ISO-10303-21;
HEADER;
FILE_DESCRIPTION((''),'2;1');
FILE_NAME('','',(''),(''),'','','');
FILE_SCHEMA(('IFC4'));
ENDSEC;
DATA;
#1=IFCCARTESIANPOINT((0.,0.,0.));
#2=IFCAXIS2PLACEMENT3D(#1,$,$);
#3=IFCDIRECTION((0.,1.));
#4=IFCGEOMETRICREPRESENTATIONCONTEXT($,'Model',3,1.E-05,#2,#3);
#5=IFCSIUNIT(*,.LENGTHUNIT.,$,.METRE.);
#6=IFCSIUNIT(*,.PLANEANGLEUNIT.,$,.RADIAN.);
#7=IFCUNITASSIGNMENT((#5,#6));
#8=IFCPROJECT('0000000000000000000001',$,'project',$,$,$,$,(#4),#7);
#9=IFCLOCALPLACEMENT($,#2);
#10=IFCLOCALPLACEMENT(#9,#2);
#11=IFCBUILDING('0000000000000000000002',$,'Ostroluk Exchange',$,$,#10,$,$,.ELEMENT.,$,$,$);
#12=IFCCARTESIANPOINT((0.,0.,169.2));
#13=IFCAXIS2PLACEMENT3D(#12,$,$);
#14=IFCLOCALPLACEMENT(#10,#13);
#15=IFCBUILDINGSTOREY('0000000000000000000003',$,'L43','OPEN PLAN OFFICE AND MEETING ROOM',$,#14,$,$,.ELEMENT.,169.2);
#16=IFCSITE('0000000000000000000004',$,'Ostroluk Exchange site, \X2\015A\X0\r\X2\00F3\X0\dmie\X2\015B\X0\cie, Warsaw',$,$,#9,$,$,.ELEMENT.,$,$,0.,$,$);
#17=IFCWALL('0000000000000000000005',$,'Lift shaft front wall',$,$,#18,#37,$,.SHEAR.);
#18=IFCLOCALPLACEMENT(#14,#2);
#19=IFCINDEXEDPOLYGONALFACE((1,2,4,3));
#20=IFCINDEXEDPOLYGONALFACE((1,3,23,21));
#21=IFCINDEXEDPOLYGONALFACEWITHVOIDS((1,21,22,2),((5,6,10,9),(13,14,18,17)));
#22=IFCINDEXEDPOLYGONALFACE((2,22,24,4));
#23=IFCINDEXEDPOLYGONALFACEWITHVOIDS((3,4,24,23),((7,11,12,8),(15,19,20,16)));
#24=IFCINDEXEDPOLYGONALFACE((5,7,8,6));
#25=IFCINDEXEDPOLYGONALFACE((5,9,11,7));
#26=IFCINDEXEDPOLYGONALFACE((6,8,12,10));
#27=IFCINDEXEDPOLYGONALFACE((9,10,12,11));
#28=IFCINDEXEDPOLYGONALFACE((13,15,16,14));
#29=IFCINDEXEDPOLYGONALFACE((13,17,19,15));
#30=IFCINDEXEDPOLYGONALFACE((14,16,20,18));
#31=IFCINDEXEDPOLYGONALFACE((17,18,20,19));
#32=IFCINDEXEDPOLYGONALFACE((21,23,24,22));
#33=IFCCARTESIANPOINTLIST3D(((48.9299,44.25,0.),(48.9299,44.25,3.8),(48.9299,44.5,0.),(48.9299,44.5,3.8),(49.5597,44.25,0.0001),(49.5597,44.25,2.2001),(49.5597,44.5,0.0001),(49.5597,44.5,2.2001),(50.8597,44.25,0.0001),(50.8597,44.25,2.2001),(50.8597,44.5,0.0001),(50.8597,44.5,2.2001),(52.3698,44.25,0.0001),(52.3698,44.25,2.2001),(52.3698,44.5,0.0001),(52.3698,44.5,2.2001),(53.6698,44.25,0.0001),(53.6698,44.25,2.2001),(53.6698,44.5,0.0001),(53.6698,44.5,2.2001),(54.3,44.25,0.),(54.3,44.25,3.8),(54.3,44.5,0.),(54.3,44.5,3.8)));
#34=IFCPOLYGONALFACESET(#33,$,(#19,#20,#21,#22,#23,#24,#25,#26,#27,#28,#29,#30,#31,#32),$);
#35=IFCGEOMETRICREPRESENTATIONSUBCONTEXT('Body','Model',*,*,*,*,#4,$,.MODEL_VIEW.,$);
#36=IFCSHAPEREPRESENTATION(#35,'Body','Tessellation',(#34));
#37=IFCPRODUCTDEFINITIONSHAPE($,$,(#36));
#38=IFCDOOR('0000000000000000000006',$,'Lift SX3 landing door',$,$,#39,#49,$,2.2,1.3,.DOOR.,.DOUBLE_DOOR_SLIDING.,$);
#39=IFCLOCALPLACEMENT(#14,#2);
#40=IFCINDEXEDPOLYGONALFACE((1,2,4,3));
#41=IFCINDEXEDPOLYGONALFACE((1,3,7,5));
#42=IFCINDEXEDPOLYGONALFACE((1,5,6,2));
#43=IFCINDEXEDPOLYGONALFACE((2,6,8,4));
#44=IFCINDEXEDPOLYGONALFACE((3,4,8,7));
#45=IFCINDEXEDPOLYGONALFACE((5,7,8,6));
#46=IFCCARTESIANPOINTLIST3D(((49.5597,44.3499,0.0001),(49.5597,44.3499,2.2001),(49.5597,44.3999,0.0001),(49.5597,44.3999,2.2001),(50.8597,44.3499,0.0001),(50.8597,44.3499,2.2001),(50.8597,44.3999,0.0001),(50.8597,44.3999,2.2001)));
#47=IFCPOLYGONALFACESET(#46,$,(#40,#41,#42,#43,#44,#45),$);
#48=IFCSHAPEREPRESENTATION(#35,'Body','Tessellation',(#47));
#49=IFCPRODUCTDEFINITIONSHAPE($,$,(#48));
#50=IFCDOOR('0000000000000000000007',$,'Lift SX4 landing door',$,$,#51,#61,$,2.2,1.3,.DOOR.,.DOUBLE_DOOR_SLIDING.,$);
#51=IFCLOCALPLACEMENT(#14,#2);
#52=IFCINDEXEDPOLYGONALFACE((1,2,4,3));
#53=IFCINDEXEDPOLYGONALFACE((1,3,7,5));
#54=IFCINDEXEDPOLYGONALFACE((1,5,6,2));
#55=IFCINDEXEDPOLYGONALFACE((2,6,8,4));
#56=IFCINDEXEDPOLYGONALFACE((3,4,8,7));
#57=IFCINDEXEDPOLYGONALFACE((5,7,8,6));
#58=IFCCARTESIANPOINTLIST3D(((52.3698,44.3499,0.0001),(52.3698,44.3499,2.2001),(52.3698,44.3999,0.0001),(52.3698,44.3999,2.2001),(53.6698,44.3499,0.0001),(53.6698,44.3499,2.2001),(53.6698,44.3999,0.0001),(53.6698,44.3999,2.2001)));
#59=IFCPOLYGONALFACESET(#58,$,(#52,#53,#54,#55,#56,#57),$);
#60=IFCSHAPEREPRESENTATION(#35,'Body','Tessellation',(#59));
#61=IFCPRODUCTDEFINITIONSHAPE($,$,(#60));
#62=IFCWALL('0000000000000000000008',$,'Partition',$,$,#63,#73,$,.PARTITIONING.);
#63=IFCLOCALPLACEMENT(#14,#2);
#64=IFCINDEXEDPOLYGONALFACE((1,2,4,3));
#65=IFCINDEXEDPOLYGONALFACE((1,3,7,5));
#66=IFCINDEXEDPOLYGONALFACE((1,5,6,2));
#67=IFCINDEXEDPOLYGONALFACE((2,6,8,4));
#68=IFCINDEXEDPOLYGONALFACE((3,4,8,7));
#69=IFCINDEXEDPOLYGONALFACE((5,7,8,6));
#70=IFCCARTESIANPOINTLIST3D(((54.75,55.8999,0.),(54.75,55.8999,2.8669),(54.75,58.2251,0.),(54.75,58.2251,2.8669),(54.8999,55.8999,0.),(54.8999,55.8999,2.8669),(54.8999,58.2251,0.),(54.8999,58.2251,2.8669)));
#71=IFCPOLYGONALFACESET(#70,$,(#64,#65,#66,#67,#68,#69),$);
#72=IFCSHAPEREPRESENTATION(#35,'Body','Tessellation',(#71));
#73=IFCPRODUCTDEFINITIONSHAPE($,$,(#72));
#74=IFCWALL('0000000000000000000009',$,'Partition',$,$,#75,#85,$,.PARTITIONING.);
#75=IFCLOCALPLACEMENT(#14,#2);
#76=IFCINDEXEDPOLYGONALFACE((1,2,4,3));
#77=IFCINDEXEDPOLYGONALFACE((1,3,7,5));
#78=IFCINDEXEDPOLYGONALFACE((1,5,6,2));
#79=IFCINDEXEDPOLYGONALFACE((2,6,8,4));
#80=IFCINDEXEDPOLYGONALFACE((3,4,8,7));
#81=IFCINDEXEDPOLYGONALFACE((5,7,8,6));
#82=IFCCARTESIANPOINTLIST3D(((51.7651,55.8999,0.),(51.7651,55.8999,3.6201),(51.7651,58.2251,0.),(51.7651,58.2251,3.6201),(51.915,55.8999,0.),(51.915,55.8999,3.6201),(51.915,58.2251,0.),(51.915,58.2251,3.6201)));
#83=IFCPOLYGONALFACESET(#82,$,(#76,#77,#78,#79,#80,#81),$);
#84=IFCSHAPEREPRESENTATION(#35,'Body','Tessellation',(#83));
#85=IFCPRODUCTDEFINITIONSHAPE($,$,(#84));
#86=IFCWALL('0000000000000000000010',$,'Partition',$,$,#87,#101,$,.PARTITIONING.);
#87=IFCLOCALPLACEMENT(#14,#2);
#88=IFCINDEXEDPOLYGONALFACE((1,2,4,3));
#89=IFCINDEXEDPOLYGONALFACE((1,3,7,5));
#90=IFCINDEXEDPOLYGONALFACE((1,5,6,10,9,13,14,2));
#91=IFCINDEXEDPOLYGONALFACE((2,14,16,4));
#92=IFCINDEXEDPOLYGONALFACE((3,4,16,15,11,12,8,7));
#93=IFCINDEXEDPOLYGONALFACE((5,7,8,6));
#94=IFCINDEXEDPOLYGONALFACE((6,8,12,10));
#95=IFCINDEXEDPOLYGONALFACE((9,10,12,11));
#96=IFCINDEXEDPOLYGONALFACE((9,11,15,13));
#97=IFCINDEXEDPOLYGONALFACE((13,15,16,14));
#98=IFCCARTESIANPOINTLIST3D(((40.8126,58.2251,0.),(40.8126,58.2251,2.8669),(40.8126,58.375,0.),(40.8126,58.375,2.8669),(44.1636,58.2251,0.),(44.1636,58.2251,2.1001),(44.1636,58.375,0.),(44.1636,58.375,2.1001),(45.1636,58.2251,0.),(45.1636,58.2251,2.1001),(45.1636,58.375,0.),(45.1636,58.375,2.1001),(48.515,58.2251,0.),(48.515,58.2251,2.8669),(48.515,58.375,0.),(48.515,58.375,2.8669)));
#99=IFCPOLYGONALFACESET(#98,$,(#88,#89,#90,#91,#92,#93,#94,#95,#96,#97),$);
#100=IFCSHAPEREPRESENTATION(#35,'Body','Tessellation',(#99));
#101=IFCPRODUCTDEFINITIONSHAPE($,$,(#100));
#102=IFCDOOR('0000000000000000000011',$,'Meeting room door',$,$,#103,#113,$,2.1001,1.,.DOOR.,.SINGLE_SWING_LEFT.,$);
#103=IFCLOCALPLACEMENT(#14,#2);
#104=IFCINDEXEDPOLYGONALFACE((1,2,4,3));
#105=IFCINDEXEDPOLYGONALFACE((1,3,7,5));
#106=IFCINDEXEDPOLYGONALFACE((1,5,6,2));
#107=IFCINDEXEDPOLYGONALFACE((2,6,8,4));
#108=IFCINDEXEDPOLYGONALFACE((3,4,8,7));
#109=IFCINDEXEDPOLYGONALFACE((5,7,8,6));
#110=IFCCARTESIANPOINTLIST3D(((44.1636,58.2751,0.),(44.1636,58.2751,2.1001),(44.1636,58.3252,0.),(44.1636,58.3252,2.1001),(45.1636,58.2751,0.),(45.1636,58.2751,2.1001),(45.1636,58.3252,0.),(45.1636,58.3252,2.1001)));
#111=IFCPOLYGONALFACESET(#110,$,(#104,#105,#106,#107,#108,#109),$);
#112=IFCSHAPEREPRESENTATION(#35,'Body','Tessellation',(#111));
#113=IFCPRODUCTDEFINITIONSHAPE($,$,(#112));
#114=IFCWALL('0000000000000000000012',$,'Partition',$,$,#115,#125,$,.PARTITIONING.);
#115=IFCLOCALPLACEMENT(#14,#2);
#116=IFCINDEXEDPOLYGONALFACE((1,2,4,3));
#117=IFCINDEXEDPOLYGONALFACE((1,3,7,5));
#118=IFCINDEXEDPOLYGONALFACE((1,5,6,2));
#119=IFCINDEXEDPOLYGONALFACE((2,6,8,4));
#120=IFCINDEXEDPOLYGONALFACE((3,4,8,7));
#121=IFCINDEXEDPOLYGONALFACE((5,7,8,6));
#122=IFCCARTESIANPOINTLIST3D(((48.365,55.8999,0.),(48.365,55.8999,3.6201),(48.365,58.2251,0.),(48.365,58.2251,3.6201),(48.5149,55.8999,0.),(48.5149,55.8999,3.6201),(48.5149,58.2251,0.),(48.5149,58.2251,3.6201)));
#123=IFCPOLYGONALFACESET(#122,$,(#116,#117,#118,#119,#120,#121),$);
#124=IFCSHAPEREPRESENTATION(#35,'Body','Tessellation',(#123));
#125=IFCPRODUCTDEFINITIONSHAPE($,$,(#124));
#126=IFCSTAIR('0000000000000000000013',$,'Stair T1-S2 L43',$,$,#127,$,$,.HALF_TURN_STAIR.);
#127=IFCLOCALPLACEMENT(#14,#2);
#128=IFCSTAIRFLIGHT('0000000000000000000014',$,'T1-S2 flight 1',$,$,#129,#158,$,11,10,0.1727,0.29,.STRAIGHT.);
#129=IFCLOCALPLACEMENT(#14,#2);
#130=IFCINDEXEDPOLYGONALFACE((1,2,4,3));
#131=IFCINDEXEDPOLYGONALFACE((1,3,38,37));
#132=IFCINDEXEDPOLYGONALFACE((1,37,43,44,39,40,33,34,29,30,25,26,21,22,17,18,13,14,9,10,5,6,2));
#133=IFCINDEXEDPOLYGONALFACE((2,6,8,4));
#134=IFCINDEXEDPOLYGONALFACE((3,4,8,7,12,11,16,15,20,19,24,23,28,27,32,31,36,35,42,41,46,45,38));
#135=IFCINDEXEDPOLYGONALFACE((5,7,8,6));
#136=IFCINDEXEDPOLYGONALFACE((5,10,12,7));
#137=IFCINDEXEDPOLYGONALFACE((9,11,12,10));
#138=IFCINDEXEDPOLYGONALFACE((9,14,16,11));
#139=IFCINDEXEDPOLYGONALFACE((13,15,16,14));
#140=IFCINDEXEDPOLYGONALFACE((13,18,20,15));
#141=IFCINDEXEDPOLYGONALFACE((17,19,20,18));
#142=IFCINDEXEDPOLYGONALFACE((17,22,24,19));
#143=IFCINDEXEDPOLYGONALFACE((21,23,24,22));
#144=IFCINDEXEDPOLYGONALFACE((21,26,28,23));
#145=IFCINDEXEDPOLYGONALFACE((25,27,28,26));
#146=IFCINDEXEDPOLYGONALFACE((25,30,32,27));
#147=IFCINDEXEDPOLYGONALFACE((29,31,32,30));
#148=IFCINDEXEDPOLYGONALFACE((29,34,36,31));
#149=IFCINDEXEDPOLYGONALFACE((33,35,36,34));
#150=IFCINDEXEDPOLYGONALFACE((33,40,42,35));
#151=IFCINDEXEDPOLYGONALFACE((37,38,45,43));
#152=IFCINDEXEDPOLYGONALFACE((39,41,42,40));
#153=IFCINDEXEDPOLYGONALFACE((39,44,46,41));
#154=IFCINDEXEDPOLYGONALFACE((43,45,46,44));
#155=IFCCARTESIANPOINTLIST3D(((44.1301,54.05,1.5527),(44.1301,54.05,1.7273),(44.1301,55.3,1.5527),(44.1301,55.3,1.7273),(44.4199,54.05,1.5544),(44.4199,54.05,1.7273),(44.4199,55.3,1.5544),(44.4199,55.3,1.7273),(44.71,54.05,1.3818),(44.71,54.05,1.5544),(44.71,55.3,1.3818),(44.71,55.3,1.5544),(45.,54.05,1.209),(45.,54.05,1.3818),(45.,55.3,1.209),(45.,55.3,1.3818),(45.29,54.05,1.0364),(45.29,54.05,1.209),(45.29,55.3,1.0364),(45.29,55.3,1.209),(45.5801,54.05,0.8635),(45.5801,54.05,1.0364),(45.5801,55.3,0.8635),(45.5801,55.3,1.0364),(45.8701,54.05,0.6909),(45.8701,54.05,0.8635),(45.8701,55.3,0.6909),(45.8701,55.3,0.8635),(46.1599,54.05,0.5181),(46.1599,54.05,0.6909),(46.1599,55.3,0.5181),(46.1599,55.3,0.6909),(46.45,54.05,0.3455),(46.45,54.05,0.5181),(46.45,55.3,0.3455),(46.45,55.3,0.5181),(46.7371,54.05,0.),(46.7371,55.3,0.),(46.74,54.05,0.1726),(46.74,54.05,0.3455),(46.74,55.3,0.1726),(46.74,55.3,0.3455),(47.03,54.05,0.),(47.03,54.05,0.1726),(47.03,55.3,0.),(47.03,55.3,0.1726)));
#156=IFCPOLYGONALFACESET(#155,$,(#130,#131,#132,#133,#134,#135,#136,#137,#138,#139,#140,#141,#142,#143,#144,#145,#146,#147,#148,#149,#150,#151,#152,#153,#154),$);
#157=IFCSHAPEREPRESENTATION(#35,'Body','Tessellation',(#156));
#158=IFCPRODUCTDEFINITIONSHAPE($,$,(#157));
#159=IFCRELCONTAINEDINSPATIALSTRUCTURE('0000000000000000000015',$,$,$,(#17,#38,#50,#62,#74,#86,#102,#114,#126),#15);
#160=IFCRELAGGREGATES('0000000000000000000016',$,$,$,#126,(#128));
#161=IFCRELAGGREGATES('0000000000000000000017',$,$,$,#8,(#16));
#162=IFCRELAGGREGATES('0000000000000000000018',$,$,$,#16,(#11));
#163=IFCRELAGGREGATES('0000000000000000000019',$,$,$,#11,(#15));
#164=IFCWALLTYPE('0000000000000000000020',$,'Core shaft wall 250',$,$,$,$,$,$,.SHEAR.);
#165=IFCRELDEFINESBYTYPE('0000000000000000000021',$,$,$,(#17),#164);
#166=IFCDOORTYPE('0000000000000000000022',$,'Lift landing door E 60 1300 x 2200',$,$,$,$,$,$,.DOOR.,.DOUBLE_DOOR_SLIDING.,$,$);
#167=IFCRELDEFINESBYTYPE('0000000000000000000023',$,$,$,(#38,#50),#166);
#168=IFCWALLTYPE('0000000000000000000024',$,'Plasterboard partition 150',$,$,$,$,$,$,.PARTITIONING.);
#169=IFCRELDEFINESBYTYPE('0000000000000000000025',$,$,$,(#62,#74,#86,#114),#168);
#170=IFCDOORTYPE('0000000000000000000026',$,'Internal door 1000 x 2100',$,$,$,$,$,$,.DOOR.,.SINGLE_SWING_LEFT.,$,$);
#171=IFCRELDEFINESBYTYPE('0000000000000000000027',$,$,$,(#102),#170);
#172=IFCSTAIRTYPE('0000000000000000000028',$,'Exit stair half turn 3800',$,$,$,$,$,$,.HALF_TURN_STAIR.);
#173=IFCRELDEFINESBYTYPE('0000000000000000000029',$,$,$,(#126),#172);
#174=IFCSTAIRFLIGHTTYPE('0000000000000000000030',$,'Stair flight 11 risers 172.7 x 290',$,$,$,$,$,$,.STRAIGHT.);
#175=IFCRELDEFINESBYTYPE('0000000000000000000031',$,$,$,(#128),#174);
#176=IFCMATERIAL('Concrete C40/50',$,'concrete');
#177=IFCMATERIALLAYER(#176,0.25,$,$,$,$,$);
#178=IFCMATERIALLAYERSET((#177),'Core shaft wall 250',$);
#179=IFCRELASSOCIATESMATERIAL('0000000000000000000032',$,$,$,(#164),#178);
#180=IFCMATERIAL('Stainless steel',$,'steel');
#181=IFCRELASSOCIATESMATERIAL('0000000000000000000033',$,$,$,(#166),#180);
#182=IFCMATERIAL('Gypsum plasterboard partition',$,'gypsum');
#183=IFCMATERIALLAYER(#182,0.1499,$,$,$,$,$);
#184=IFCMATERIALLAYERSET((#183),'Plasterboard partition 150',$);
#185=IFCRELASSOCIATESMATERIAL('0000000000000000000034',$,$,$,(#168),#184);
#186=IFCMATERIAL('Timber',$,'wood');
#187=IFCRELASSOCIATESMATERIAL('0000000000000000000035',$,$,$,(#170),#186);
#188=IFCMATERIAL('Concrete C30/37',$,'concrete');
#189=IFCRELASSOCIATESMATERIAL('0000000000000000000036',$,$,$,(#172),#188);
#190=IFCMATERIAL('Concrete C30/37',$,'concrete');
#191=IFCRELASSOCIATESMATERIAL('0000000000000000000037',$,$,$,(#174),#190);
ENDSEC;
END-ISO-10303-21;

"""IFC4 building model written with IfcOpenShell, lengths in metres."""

from ifc_helpers import new_model, si_unit, direction, frame, frame_2d, origin, place, context, subcontext, project, spatial, polyline, rectangle, outline, extrude, material, layer, layer_set, type_object, element, fill, aggregate, save


model = new_model("IFC4")

# Units and contexts
model_context = context("Model", 3, precision=1e-05, world=origin(), true_north=direction((0.0, 1.0)))
body_context = subcontext(model_context, "Body", "Model", "MODEL_VIEW")
ifc_project = project(units=[si_unit("LENGTHUNIT", "METRE"), si_unit("PLANEANGLEUNIT", "RADIAN")], contexts=[model_context])

# Site, building, storey
site_placement = place(None, origin())
site = spatial("IfcSite", under=ifc_project, at=site_placement, Name="Ostroluk Exchange site, Śródmieście, Warsaw", CompositionType="ELEMENT", RefElevation=0.0)
building_placement = place(site_placement, origin())
building = spatial("IfcBuilding", under=site, at=building_placement, Name="Ostroluk Exchange", CompositionType="ELEMENT")
storey_placement = place(building_placement, frame((0.0, 0.0, 169.2)))
storey = spatial("IfcBuildingStorey", under=building, at=storey_placement, Name="L43", Description="OPEN PLAN OFFICE AND MEETING ROOM", CompositionType="ELEMENT", Elevation=169.2)

# Shared definitions
ifc_material_1 = material(Name="Concrete C40/50", Category="concrete")
ifc_layer_1 = layer(ifc_material_1, 0.25)
ifc_layer_set_1 = layer_set([ifc_layer_1], Name="Core shaft wall 250")
wall_type_1 = type_object("IfcWallType", Name="Core shaft wall 250", PredefinedType="SHEAR", material=ifc_layer_set_1)
ifc_material_2 = material(Name="Stainless steel", Category="steel")
door_type_1 = type_object("IfcDoorType", Name="Lift landing door E 60 1300 x 2200", OperationType="DOUBLE_DOOR_SLIDING", PredefinedType="DOOR", material=ifc_material_2)

# Wall, openings, doors
wall_1_placement = place(storey_placement, frame((48.9299, 44.375, 0.0), z_axis=(0.0, 0.0, 1.0), x_axis=(1.0, 0.0, 0.0)))
wall_1 = element("IfcWall", 1, at=wall_1_placement, inside=storey, type_object=wall_type_1, Name="Lift shaft front wall", PredefinedType="SHEAR", context=body_context, shape_type="SweptSolid", body=[
    extrude(rectangle(XDim=5.3701, YDim=0.25, at=frame_2d((2.6851, 0.0))), origin(), (0.0, 0.0, 1.0), 3.8),
])
opening_1_placement = place(wall_1_placement, frame((0.6299, 0.0, 0.0)))
opening_1 = element("IfcOpeningElement", 2, at=opening_1_placement, cuts=wall_1, PredefinedType="OPENING", context=body_context, shape_type="SweptSolid", body=[
    extrude(rectangle(XDim=1.3, YDim=2.2, at=frame_2d((0.6499, 1.1001))), frame((0.0, 0.135, 0.0), z_axis=(0.0, -1.0, 0.0), x_axis=(1.0, 0.0, 0.0)), (0.0, 0.0, 1.0), 0.27),
])
opening_2_placement = place(wall_1_placement, frame((3.4399, 0.0, 0.0)))
opening_2 = element("IfcOpeningElement", 3, at=opening_2_placement, cuts=wall_1, PredefinedType="OPENING", context=body_context, shape_type="SweptSolid", body=[
    extrude(rectangle(XDim=1.3, YDim=2.2, at=frame_2d((0.6499, 1.1001))), frame((0.0, 0.135, 0.0), z_axis=(0.0, -1.0, 0.0), x_axis=(1.0, 0.0, 0.0)), (0.0, 0.0, 1.0), 0.27),
])
door_1_placement = place(opening_1_placement, origin())
door_1 = element("IfcDoor", 4, at=door_1_placement, inside=storey, type_object=door_type_1, Name="Lift SX3 landing door", OperationType="DOUBLE_DOOR_SLIDING", OverallHeight=2.2, OverallWidth=1.3, PredefinedType="DOOR", context=body_context, shape_type="SweptSolid", body=[
    extrude(rectangle(XDim=1.3, YDim=2.2, at=frame_2d((0.6499, 1.1001))), frame((0.0, 0.0249, 0.0), z_axis=(0.0, -1.0, 0.0), x_axis=(1.0, 0.0, 0.0)), (0.0, 0.0, 1.0), 0.05),
])
fill(opening_1, door_1)
door_2_placement = place(opening_2_placement, origin())
door_2 = element("IfcDoor", 5, at=door_2_placement, inside=storey, type_object=door_type_1, Name="Lift SX4 landing door", OperationType="DOUBLE_DOOR_SLIDING", OverallHeight=2.2, OverallWidth=1.3, PredefinedType="DOOR", context=body_context, shape_type="SweptSolid", body=[
    extrude(rectangle(XDim=1.3, YDim=2.2, at=frame_2d((0.6499, 1.1001))), frame((0.0, 0.0249, 0.0), z_axis=(0.0, -1.0, 0.0), x_axis=(1.0, 0.0, 0.0)), (0.0, 0.0, 1.0), 0.05),
])
fill(opening_2, door_2)

# Walls
ifc_material_3 = material(Name="Gypsum plasterboard partition", Category="gypsum")
ifc_layer_2 = layer(ifc_material_3, 0.1499)
ifc_layer_set_2 = layer_set([ifc_layer_2], Name="Plasterboard partition 150")
wall_type_2 = type_object("IfcWallType", Name="Plasterboard partition 150", PredefinedType="PARTITIONING", material=ifc_layer_set_2)
wall_2_placement = place(storey_placement, frame((54.825, 55.8999, 0.0), z_axis=(0.0, 0.0, 1.0), x_axis=(0.0, 1.0, 0.0)))
element("IfcWall", 6, at=wall_2_placement, inside=storey, type_object=wall_type_2, Name="Partition", PredefinedType="PARTITIONING", context=body_context, shape_type="SweptSolid", body=[
    extrude(rectangle(XDim=2.3252, YDim=0.1499, at=frame_2d((1.1626, 0.0))), origin(), (0.0, 0.0, 1.0), 2.8669),
])
wall_3_placement = place(storey_placement, frame((51.8401, 55.8999, 0.0), z_axis=(0.0, 0.0, 1.0), x_axis=(0.0, 1.0, 0.0)))
element("IfcWall", 7, at=wall_3_placement, inside=storey, type_object=wall_type_2, Name="Partition", PredefinedType="PARTITIONING", context=body_context, shape_type="SweptSolid", body=[
    extrude(rectangle(XDim=2.3252, YDim=0.1499, at=frame_2d((1.1626, 0.0))), origin(), (0.0, 0.0, 1.0), 3.6201),
])

# Wall, opening, door
wall_4_placement = place(storey_placement, frame((48.5149, 58.3, 0.0), z_axis=(0.0, 0.0, 1.0), x_axis=(-1.0, 0.0, 0.0)))
wall_4 = element("IfcWall", 8, at=wall_4_placement, inside=storey, type_object=wall_type_2, Name="Partition", PredefinedType="PARTITIONING", context=body_context, shape_type="SweptSolid", body=[
    extrude(rectangle(XDim=7.7024, YDim=0.1499, at=frame_2d((3.8511, 0.0))), origin(), (0.0, 0.0, 1.0), 2.8669),
])
opening_3_placement = place(wall_4_placement, frame((3.3513, 0.0, 0.0)))
opening_3 = element("IfcOpeningElement", 9, at=opening_3_placement, cuts=wall_4, PredefinedType="OPENING", context=body_context, shape_type="SweptSolid", body=[
    extrude(rectangle(XDim=1.0, YDim=2.1001, at=frame_2d((0.5, 1.05))), frame((0.0, 0.085, 0.0), z_axis=(0.0, -1.0, 0.0), x_axis=(1.0, 0.0, 0.0)), (0.0, 0.0, 1.0), 0.1699),
])
ifc_material_4 = material(Name="Timber", Category="wood")
door_type_2 = type_object("IfcDoorType", Name="Internal door 1000 x 2100", OperationType="SINGLE_SWING_LEFT", PredefinedType="DOOR", material=ifc_material_4)
door_3_placement = place(opening_3_placement, origin())
door_3 = element("IfcDoor", 10, at=door_3_placement, inside=storey, type_object=door_type_2, Name="Meeting room door", OperationType="SINGLE_SWING_LEFT", OverallHeight=2.1001, OverallWidth=1.0, PredefinedType="DOOR", context=body_context, shape_type="SweptSolid", body=[
    extrude(rectangle(XDim=1.0, YDim=2.1001, at=frame_2d((0.5, 1.05))), frame((0.0, 0.0249, 0.0), z_axis=(0.0, -1.0, 0.0), x_axis=(1.0, 0.0, 0.0)), (0.0, 0.0, 1.0), 0.05),
])
fill(opening_3, door_3)

# Wall
wall_5_placement = place(storey_placement, frame((48.4399, 55.8999, 0.0), z_axis=(0.0, 0.0, 1.0), x_axis=(0.0, 1.0, 0.0)))
element("IfcWall", 11, at=wall_5_placement, inside=storey, type_object=wall_type_2, Name="Partition", PredefinedType="PARTITIONING", context=body_context, shape_type="SweptSolid", body=[
    extrude(rectangle(XDim=2.3252, YDim=0.1499, at=frame_2d((1.1626, 0.0))), origin(), (0.0, 0.0, 1.0), 3.6201),
])

# Stair, stair flight
ifc_material_5 = material(Name="Concrete C30/37", Category="concrete")
stair_type = type_object("IfcStairType", Name="Exit stair half turn 3800", PredefinedType="HALF_TURN_STAIR", material=ifc_material_5)
stair_placement = place(storey_placement, origin())
stair = element("IfcStair", 12, at=stair_placement, inside=storey, type_object=stair_type, Name="Stair T1-S2 L43", PredefinedType="HALF_TURN_STAIR")
ifc_material_6 = material(Name="Concrete C30/37", Category="concrete")
stair_flight_type = type_object("IfcStairFlightType", Name="Stair flight 11 risers 172.7 x 290", PredefinedType="STRAIGHT", material=ifc_material_6)
stair_flight_placement = place(storey_placement, frame((47.03, 54.675, 0.0), z_axis=(0.0, 0.0, 1.0), x_axis=(-1.0, 0.0, 0.0)))
stair_flight = element("IfcStairFlight", 13, at=stair_flight_placement, type_object=stair_flight_type, Name="T1-S2 flight 1", NumberOfRisers=11, NumberOfTreads=10, PredefinedType="STRAIGHT", RiserHeight=0.1727, TreadLength=0.29, context=body_context, shape_type="SweptSolid", body=[
    extrude(outline(polyline([(0.0, 0.0), (0.0, 0.1726), (0.29, 0.1726), (0.29, 0.3455), (0.5801, 0.3455), (0.5801, 0.5181), (0.8701, 0.5181), (0.8701, 0.6909), (1.1599, 0.6909), (1.1599, 0.8635), (1.45, 0.8635), (1.45, 1.0364), (1.74, 1.0364), (1.74, 1.209), (2.03, 1.209), (2.03, 1.3818), (2.3201, 1.3818), (2.3201, 1.5544), (2.6101, 1.5544), (2.6101, 1.7273), (2.8999, 1.7273), (2.8999, 1.8999), (2.8999, 1.5527), (0.293, 0.0), (0.0, 0.0)])), frame((0.0, 0.625, 0.0), z_axis=(0.0, -1.0, 0.0), x_axis=(1.0, 0.0, 0.0)), (0.0, 0.0, 1.0), 1.25),
])
aggregate(stair, [stair_flight])

save(model, "model.ifc")
